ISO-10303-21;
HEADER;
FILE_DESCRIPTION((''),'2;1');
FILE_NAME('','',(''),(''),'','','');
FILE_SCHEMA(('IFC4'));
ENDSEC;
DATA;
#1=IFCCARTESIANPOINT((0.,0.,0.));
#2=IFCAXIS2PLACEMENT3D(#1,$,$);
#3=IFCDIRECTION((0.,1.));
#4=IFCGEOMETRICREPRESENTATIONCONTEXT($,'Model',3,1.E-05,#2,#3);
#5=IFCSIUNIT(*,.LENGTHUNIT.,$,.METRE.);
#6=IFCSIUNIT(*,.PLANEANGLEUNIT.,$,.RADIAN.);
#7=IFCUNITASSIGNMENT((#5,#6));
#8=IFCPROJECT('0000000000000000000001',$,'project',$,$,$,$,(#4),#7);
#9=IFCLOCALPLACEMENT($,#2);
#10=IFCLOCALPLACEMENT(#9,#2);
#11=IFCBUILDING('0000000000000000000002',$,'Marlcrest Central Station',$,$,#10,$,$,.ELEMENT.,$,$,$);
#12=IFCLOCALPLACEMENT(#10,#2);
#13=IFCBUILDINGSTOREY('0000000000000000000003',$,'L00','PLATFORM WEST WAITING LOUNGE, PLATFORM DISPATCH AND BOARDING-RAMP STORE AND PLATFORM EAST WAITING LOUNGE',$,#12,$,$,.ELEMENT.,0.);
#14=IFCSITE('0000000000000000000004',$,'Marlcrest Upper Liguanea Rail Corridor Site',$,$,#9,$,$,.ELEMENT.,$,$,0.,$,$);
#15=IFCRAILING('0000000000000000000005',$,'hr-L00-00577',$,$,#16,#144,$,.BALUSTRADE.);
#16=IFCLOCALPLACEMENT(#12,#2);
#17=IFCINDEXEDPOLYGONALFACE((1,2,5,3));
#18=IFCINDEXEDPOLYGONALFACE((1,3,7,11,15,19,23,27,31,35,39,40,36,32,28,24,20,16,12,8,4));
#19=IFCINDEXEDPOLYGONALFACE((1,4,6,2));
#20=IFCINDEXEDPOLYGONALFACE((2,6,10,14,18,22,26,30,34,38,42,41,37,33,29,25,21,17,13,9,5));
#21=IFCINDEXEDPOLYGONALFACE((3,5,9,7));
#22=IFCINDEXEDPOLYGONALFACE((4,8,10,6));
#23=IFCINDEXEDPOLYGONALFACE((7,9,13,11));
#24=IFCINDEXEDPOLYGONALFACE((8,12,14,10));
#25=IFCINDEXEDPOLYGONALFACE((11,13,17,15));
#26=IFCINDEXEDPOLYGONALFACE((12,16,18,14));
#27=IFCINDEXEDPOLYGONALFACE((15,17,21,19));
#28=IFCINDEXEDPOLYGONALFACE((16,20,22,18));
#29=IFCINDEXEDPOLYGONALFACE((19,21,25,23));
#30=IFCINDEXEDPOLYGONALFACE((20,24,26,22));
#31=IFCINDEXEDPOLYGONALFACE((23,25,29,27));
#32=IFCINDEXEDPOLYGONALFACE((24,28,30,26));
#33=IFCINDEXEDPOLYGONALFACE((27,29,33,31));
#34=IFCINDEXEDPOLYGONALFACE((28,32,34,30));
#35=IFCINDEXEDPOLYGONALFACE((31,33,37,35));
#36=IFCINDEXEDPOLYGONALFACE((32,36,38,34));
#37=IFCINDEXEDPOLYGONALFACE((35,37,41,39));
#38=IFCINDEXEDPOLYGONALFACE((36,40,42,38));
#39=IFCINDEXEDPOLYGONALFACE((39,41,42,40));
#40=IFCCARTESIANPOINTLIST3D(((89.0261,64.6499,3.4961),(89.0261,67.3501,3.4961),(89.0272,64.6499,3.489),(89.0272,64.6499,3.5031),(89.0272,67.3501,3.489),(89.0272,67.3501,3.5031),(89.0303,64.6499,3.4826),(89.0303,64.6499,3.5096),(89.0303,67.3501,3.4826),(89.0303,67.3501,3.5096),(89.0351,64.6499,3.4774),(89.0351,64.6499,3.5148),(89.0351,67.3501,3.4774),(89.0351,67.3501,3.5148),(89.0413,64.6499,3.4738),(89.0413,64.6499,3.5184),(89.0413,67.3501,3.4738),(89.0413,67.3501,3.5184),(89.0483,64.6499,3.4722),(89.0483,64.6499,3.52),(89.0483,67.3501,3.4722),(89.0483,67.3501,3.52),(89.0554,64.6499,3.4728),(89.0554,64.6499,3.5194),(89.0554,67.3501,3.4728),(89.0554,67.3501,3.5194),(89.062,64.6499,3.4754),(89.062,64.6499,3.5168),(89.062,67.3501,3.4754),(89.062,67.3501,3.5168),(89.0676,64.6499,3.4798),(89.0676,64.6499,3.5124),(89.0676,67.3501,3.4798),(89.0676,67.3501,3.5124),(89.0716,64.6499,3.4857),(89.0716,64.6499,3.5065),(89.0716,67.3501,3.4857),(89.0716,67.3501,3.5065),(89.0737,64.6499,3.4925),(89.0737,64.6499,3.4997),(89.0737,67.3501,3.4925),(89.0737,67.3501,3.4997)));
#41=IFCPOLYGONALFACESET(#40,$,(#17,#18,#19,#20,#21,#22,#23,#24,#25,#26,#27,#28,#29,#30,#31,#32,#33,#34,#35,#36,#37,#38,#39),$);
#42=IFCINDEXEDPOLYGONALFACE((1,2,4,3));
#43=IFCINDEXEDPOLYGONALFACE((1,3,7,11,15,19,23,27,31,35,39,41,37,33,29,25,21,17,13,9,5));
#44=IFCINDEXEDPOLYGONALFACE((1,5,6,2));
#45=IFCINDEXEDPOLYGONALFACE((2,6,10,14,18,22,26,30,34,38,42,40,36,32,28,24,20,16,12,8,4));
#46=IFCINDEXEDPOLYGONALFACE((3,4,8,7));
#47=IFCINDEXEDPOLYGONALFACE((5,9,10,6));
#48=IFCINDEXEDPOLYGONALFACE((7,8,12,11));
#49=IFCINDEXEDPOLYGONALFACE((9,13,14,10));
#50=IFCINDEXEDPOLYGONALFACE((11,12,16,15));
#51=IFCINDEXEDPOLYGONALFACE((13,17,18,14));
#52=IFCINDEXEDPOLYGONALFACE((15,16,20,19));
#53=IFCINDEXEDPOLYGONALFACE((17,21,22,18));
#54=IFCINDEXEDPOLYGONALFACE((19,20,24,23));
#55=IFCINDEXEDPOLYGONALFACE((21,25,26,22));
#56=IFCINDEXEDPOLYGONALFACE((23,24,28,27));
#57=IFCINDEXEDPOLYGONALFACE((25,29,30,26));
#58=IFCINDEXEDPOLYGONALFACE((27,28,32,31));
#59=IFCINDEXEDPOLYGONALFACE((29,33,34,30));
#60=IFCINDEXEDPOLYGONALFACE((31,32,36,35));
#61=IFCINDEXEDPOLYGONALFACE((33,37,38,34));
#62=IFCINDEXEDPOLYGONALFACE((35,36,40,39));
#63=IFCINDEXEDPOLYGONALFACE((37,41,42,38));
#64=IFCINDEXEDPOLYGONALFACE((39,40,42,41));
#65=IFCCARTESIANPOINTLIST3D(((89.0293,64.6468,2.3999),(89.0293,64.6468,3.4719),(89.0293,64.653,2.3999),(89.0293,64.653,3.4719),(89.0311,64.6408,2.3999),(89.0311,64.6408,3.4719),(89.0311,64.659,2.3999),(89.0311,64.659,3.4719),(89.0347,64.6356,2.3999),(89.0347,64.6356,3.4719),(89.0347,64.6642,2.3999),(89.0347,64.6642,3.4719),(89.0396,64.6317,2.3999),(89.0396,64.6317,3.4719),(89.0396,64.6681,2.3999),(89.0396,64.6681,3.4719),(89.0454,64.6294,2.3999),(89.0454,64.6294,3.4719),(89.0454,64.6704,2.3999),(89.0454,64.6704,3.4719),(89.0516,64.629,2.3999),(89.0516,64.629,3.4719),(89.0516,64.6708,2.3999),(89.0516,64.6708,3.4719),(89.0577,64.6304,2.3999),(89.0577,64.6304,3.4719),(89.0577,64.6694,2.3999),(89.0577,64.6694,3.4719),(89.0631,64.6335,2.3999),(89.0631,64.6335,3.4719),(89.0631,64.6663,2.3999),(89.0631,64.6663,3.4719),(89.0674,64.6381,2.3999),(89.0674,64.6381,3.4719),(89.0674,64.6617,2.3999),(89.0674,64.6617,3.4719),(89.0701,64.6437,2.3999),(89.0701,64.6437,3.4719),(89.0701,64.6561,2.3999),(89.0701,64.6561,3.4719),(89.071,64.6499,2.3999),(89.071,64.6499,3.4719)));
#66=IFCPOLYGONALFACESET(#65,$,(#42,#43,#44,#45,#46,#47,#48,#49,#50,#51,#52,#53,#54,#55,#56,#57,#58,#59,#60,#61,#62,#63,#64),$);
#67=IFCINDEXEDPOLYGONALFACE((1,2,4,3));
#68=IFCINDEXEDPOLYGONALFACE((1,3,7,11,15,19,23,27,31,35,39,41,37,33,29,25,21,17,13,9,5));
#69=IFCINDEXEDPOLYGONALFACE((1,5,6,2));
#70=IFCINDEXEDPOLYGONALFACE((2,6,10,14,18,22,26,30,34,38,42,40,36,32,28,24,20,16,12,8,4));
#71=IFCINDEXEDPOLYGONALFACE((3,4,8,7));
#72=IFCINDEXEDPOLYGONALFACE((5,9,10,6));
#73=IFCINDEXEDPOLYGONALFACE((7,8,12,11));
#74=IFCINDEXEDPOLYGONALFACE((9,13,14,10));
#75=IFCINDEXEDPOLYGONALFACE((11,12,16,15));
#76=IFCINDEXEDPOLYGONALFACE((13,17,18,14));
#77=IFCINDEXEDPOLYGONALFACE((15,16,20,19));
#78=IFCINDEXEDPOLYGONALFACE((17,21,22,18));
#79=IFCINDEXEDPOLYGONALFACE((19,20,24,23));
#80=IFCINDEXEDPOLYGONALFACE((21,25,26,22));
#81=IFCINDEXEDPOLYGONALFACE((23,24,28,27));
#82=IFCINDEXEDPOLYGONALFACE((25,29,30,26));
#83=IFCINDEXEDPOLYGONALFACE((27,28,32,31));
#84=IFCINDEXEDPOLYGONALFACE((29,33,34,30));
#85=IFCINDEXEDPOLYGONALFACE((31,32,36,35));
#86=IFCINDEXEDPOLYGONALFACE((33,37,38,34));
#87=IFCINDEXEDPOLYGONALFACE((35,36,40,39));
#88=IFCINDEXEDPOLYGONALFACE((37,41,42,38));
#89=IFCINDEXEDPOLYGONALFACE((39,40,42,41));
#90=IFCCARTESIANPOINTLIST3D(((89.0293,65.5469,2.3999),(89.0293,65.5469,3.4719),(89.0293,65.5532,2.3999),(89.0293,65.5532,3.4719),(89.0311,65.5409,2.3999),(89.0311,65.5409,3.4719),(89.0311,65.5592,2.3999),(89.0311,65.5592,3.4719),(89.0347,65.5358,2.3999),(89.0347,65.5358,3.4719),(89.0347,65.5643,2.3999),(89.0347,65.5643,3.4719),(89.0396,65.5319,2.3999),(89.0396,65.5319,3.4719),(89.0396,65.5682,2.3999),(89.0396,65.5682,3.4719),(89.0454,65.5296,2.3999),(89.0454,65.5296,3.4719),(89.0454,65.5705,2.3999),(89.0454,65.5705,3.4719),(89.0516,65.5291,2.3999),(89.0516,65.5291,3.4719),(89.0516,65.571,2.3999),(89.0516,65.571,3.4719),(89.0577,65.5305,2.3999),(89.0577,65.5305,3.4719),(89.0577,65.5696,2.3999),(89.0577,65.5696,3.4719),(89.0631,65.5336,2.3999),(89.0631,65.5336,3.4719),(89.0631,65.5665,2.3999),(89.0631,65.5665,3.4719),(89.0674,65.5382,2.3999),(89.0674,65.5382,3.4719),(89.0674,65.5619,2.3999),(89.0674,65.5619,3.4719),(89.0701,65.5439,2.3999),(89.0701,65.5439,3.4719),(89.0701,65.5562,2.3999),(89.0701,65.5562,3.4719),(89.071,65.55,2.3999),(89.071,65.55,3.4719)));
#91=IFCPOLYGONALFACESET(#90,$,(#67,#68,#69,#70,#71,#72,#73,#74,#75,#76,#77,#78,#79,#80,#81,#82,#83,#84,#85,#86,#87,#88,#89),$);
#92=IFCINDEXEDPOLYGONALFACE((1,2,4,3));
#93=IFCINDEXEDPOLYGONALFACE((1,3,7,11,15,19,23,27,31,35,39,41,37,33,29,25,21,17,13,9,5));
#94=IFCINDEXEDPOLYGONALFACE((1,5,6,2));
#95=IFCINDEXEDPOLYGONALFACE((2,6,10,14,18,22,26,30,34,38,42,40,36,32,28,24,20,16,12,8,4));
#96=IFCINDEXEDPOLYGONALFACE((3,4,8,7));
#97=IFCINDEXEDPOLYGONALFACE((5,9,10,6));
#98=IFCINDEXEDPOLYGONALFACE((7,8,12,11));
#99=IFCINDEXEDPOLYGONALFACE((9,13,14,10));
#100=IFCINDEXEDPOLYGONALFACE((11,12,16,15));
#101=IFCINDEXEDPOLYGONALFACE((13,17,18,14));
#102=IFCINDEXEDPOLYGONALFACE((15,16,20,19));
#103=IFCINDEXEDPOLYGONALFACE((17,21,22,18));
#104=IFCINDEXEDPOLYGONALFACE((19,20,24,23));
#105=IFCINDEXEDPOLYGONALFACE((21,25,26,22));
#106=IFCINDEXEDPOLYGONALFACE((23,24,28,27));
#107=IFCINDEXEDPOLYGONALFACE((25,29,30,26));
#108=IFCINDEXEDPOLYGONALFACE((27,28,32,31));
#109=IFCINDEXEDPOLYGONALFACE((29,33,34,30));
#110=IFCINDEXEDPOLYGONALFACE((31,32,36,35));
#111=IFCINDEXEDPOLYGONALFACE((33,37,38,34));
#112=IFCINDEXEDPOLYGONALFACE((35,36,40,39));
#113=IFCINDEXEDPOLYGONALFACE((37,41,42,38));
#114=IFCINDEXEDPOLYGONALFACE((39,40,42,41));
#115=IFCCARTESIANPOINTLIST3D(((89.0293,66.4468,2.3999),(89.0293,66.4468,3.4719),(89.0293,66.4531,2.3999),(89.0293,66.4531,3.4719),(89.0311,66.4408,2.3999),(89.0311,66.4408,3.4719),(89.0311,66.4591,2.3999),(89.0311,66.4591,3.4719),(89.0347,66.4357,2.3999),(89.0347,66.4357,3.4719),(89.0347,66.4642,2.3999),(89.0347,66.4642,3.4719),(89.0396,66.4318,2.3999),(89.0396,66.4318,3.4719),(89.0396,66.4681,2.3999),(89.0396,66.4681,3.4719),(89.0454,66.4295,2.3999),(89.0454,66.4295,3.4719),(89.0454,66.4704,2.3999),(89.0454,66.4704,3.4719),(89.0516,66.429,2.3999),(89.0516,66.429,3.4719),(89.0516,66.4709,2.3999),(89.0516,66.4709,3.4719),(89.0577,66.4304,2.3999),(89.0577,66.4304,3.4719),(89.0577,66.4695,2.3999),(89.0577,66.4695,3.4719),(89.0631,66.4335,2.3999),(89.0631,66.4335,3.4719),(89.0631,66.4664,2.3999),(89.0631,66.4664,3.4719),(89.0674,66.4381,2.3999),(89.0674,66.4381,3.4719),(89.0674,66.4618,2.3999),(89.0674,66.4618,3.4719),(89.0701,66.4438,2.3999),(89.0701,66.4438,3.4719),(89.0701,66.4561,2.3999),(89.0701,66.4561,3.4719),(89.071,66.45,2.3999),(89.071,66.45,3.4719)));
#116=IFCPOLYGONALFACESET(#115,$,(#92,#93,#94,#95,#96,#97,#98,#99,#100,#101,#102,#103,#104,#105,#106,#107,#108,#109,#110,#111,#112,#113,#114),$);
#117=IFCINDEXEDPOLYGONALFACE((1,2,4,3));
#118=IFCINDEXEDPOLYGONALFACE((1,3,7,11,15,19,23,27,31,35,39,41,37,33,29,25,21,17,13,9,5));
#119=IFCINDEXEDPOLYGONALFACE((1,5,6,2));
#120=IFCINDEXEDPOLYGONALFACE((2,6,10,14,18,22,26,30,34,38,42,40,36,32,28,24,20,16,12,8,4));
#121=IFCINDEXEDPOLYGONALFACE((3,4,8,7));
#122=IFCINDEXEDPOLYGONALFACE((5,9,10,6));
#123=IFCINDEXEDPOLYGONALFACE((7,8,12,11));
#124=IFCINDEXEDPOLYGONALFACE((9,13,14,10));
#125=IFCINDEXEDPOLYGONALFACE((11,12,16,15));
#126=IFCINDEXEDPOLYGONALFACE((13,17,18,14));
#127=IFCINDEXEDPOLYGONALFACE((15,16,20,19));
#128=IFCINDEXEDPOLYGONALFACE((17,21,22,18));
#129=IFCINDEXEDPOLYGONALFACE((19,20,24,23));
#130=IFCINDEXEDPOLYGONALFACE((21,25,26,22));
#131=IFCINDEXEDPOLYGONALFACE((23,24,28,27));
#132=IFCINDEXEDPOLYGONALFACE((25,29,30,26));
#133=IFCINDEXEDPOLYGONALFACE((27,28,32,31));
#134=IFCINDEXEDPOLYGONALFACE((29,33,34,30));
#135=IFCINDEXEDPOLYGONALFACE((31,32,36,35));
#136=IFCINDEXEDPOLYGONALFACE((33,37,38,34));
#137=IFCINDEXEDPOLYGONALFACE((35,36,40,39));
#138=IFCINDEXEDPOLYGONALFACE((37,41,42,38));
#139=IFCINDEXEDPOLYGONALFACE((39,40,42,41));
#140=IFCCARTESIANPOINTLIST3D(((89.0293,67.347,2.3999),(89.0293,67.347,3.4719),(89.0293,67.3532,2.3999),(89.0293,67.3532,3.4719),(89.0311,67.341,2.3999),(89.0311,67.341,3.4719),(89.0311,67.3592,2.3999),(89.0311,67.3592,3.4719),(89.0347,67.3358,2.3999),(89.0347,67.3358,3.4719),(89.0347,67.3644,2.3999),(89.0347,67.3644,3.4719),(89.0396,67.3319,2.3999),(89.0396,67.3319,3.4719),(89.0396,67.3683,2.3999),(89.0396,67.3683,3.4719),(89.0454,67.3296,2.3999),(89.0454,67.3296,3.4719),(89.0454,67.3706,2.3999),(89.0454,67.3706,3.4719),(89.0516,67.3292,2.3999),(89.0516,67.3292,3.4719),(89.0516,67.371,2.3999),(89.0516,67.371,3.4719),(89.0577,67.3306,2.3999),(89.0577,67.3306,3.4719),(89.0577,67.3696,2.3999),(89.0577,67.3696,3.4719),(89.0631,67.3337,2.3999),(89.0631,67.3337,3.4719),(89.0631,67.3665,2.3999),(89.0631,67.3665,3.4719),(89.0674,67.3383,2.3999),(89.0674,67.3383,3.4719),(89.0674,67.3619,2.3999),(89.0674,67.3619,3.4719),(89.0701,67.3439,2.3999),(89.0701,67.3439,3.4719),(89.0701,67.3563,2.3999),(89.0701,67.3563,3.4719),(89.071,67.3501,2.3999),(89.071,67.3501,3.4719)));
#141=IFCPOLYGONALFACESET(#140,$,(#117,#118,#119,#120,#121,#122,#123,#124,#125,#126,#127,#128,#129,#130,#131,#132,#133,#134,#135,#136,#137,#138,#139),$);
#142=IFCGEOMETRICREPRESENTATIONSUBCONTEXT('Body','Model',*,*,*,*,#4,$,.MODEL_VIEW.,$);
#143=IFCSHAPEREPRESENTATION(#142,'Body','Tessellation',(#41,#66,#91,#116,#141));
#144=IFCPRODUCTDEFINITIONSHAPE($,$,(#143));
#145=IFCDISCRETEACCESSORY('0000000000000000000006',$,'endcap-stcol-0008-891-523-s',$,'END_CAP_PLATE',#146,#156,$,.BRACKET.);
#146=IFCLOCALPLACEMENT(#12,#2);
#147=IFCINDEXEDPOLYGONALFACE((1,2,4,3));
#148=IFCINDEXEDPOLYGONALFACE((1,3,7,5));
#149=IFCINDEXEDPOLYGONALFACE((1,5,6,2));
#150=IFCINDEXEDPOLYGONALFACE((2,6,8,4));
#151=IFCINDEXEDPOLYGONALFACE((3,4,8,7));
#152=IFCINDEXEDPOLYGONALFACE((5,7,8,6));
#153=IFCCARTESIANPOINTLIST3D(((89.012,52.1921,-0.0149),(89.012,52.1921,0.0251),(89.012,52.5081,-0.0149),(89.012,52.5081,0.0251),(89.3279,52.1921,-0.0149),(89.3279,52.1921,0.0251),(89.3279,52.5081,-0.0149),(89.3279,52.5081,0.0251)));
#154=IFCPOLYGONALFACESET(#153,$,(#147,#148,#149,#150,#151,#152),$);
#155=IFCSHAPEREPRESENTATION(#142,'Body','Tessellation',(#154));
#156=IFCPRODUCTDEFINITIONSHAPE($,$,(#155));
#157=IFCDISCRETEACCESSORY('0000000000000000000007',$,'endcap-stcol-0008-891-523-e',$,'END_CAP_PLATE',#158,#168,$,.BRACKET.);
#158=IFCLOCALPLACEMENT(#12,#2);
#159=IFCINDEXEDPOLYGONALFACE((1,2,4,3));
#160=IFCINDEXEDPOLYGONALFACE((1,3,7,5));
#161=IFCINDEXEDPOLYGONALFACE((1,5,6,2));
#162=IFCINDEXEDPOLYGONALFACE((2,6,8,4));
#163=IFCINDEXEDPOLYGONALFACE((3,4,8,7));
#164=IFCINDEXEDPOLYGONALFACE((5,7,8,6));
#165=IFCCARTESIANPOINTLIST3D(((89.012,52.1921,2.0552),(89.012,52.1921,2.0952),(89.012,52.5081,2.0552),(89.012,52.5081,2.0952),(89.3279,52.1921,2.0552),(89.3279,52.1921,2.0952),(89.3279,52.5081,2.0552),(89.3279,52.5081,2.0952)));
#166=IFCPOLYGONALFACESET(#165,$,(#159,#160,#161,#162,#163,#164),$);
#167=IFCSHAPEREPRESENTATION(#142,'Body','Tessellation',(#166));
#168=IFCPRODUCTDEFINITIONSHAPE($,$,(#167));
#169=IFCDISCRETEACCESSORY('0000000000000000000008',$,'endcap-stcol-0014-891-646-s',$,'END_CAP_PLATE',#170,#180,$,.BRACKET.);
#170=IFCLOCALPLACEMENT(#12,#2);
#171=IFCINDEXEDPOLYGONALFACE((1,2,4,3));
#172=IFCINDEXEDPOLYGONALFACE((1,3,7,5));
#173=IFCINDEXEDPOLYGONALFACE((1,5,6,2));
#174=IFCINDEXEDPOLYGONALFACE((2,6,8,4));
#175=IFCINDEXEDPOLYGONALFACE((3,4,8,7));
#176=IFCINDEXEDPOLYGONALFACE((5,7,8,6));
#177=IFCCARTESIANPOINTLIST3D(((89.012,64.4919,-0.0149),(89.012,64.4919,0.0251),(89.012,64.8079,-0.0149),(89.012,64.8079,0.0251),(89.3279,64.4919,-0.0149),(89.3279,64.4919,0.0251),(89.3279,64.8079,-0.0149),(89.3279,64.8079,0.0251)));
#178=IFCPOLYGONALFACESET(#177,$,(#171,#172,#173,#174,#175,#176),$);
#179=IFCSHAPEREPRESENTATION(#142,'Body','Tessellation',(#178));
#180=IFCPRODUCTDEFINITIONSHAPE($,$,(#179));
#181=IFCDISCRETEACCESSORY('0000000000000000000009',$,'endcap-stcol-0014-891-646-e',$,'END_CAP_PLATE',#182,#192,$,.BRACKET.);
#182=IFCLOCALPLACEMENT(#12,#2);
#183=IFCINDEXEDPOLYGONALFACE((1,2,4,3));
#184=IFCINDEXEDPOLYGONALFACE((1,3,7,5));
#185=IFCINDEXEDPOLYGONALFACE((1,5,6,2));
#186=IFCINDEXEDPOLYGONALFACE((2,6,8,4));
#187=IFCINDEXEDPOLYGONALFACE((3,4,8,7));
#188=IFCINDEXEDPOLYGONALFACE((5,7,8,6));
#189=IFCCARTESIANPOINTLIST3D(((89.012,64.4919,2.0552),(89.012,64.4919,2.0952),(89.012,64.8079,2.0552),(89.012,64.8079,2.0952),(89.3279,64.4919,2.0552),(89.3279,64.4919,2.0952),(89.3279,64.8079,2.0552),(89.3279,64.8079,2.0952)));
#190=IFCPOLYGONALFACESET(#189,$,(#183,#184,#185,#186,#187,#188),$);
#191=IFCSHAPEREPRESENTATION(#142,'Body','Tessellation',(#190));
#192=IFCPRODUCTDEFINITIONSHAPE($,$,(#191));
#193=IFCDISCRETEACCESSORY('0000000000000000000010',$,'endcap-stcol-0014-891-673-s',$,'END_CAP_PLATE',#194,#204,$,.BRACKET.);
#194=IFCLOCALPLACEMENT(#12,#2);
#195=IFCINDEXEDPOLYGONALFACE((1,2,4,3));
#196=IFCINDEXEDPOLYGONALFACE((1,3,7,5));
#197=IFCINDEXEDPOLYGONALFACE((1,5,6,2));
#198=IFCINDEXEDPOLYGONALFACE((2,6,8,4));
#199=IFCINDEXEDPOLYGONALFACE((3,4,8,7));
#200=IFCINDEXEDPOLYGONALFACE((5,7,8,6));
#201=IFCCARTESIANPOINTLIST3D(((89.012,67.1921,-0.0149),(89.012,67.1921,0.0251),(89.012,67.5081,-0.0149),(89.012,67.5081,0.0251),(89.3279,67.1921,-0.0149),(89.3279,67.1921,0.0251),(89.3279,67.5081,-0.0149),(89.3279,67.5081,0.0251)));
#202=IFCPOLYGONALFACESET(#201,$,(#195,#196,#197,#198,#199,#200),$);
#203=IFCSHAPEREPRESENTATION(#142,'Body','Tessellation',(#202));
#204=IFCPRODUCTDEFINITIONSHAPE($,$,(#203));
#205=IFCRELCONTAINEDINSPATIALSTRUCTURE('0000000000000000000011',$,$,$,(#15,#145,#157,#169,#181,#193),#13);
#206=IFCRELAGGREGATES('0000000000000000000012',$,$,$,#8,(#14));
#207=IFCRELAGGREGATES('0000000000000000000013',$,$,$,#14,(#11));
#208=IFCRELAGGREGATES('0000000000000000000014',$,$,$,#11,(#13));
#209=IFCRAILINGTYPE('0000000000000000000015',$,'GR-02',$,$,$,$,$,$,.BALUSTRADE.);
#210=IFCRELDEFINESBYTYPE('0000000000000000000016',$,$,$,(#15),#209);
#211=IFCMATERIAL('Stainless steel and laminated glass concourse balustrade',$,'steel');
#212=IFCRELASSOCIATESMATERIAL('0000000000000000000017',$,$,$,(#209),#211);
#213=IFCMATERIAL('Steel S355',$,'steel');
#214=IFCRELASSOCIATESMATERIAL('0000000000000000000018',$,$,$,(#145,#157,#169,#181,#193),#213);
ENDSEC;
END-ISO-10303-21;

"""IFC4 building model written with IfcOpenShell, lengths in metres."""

from ifc_helpers import new_model, si_unit, direction, frame, origin, origin_2d, place, context, subcontext, project, spatial, rectangle, circle, extrude, material, type_object, element, save


model = new_model("IFC4")

# Units and contexts
model_context = context("Model", 3, precision=1e-05, world=origin(), true_north=direction((0.0, 1.0)))
body_context = subcontext(model_context, "Body", "Model", "MODEL_VIEW")
ifc_project = project(units=[si_unit("LENGTHUNIT", "METRE"), si_unit("PLANEANGLEUNIT", "RADIAN")], contexts=[model_context])

# Site, building, storey
site_placement = place(None, origin())
site = spatial("IfcSite", under=ifc_project, at=site_placement, Name="Marlcrest Upper Liguanea Rail Corridor Site", CompositionType="ELEMENT", RefElevation=0.0)
building_placement = place(site_placement, origin())
building = spatial("IfcBuilding", under=site, at=building_placement, Name="Marlcrest Central Station", CompositionType="ELEMENT")
storey_placement = place(building_placement, origin())
storey = spatial("IfcBuildingStorey", under=building, at=storey_placement, Name="L00", Description="PLATFORM WEST WAITING LOUNGE, PLATFORM DISPATCH AND BOARDING-RAMP STORE AND PLATFORM EAST WAITING LOUNGE", CompositionType="ELEMENT", Elevation=0.0)

# Shared definitions
ifc_material_1 = material(Name="Steel S355", Category="steel")

# Railing
ifc_material_2 = material(Name="Stainless steel and laminated glass concourse balustrade", Category="steel")
railing_type_1 = type_object("IfcRailingType", Name="GR-02", PredefinedType="BALUSTRADE", material=ifc_material_2)
railing_1_placement = place(storey_placement, frame((89.05, 64.6499, 2.3999)))
element("IfcRailing", 1, at=railing_1_placement, inside=storey, type_object=railing_type_1, Name="hr-L00-00577", PredefinedType="BALUSTRADE", context=body_context, shape_type="SweptSolid", body=[
    extrude(circle(Radius=0.0239, at=origin_2d()), frame((0.0, 0.0, 1.0962), z_axis=(0.0, 1.0, 0.0), x_axis=(-1.0, 0.0, 0.0)), (0.0, 0.0, 1.0), 2.7002),
    extrude(circle(Radius=0.021, at=origin_2d()), origin(), (0.0, 0.0, 1.0), 1.072),
    extrude(circle(Radius=0.021, at=origin_2d()), frame((0.0, 0.9001, 0.0)), (0.0, 0.0, 1.0), 1.072),
    extrude(circle(Radius=0.021, at=origin_2d()), frame((0.0, 1.8, 0.0)), (0.0, 0.0, 1.0), 1.072),
    extrude(circle(Radius=0.021, at=origin_2d()), frame((0.0, 2.7002, 0.0)), (0.0, 0.0, 1.0), 1.072),
])

# Discrete accessories
for number, where, z_axis, x_axis, name in (
    (2, (89.1699, 52.3501, -0.0149), (0.0, 0.0, 1.0), (1.0, 0.0, 0.0), "endcap-stcol-0008-891-523-s"),
    (3, (89.1699, 52.3501, 2.0552), (0.0, 0.0, 1.0), (1.0, 0.0, 0.0), "endcap-stcol-0008-891-523-e"),
    (4, (89.1699, 64.6499, -0.0149), (0.0, 0.0, 1.0), (1.0, 0.0, 0.0), "endcap-stcol-0014-891-646-s"),
    (5, (89.1699, 64.6499, 2.0552), (0.0, 0.0, 1.0), (1.0, 0.0, 0.0), "endcap-stcol-0014-891-646-e"),
    (6, (89.1699, 67.3501, -0.0149), (0.0, 0.0, 1.0), (1.0, 0.0, 0.0), "endcap-stcol-0014-891-673-s"),
):
    element("IfcDiscreteAccessory", number, at=place(storey_placement, frame(where, z_axis=z_axis, x_axis=x_axis)), inside=storey, material=ifc_material_1, Name=name, ObjectType="END_CAP_PLATE", PredefinedType="BRACKET", context=body_context, shape_type="SweptSolid", body=[
        extrude(rectangle(XDim=0.3159, YDim=0.3159, at=origin_2d()), origin(), (0.0, 0.0, 1.0), 0.04),
    ])

save(model, "model.ifc")
